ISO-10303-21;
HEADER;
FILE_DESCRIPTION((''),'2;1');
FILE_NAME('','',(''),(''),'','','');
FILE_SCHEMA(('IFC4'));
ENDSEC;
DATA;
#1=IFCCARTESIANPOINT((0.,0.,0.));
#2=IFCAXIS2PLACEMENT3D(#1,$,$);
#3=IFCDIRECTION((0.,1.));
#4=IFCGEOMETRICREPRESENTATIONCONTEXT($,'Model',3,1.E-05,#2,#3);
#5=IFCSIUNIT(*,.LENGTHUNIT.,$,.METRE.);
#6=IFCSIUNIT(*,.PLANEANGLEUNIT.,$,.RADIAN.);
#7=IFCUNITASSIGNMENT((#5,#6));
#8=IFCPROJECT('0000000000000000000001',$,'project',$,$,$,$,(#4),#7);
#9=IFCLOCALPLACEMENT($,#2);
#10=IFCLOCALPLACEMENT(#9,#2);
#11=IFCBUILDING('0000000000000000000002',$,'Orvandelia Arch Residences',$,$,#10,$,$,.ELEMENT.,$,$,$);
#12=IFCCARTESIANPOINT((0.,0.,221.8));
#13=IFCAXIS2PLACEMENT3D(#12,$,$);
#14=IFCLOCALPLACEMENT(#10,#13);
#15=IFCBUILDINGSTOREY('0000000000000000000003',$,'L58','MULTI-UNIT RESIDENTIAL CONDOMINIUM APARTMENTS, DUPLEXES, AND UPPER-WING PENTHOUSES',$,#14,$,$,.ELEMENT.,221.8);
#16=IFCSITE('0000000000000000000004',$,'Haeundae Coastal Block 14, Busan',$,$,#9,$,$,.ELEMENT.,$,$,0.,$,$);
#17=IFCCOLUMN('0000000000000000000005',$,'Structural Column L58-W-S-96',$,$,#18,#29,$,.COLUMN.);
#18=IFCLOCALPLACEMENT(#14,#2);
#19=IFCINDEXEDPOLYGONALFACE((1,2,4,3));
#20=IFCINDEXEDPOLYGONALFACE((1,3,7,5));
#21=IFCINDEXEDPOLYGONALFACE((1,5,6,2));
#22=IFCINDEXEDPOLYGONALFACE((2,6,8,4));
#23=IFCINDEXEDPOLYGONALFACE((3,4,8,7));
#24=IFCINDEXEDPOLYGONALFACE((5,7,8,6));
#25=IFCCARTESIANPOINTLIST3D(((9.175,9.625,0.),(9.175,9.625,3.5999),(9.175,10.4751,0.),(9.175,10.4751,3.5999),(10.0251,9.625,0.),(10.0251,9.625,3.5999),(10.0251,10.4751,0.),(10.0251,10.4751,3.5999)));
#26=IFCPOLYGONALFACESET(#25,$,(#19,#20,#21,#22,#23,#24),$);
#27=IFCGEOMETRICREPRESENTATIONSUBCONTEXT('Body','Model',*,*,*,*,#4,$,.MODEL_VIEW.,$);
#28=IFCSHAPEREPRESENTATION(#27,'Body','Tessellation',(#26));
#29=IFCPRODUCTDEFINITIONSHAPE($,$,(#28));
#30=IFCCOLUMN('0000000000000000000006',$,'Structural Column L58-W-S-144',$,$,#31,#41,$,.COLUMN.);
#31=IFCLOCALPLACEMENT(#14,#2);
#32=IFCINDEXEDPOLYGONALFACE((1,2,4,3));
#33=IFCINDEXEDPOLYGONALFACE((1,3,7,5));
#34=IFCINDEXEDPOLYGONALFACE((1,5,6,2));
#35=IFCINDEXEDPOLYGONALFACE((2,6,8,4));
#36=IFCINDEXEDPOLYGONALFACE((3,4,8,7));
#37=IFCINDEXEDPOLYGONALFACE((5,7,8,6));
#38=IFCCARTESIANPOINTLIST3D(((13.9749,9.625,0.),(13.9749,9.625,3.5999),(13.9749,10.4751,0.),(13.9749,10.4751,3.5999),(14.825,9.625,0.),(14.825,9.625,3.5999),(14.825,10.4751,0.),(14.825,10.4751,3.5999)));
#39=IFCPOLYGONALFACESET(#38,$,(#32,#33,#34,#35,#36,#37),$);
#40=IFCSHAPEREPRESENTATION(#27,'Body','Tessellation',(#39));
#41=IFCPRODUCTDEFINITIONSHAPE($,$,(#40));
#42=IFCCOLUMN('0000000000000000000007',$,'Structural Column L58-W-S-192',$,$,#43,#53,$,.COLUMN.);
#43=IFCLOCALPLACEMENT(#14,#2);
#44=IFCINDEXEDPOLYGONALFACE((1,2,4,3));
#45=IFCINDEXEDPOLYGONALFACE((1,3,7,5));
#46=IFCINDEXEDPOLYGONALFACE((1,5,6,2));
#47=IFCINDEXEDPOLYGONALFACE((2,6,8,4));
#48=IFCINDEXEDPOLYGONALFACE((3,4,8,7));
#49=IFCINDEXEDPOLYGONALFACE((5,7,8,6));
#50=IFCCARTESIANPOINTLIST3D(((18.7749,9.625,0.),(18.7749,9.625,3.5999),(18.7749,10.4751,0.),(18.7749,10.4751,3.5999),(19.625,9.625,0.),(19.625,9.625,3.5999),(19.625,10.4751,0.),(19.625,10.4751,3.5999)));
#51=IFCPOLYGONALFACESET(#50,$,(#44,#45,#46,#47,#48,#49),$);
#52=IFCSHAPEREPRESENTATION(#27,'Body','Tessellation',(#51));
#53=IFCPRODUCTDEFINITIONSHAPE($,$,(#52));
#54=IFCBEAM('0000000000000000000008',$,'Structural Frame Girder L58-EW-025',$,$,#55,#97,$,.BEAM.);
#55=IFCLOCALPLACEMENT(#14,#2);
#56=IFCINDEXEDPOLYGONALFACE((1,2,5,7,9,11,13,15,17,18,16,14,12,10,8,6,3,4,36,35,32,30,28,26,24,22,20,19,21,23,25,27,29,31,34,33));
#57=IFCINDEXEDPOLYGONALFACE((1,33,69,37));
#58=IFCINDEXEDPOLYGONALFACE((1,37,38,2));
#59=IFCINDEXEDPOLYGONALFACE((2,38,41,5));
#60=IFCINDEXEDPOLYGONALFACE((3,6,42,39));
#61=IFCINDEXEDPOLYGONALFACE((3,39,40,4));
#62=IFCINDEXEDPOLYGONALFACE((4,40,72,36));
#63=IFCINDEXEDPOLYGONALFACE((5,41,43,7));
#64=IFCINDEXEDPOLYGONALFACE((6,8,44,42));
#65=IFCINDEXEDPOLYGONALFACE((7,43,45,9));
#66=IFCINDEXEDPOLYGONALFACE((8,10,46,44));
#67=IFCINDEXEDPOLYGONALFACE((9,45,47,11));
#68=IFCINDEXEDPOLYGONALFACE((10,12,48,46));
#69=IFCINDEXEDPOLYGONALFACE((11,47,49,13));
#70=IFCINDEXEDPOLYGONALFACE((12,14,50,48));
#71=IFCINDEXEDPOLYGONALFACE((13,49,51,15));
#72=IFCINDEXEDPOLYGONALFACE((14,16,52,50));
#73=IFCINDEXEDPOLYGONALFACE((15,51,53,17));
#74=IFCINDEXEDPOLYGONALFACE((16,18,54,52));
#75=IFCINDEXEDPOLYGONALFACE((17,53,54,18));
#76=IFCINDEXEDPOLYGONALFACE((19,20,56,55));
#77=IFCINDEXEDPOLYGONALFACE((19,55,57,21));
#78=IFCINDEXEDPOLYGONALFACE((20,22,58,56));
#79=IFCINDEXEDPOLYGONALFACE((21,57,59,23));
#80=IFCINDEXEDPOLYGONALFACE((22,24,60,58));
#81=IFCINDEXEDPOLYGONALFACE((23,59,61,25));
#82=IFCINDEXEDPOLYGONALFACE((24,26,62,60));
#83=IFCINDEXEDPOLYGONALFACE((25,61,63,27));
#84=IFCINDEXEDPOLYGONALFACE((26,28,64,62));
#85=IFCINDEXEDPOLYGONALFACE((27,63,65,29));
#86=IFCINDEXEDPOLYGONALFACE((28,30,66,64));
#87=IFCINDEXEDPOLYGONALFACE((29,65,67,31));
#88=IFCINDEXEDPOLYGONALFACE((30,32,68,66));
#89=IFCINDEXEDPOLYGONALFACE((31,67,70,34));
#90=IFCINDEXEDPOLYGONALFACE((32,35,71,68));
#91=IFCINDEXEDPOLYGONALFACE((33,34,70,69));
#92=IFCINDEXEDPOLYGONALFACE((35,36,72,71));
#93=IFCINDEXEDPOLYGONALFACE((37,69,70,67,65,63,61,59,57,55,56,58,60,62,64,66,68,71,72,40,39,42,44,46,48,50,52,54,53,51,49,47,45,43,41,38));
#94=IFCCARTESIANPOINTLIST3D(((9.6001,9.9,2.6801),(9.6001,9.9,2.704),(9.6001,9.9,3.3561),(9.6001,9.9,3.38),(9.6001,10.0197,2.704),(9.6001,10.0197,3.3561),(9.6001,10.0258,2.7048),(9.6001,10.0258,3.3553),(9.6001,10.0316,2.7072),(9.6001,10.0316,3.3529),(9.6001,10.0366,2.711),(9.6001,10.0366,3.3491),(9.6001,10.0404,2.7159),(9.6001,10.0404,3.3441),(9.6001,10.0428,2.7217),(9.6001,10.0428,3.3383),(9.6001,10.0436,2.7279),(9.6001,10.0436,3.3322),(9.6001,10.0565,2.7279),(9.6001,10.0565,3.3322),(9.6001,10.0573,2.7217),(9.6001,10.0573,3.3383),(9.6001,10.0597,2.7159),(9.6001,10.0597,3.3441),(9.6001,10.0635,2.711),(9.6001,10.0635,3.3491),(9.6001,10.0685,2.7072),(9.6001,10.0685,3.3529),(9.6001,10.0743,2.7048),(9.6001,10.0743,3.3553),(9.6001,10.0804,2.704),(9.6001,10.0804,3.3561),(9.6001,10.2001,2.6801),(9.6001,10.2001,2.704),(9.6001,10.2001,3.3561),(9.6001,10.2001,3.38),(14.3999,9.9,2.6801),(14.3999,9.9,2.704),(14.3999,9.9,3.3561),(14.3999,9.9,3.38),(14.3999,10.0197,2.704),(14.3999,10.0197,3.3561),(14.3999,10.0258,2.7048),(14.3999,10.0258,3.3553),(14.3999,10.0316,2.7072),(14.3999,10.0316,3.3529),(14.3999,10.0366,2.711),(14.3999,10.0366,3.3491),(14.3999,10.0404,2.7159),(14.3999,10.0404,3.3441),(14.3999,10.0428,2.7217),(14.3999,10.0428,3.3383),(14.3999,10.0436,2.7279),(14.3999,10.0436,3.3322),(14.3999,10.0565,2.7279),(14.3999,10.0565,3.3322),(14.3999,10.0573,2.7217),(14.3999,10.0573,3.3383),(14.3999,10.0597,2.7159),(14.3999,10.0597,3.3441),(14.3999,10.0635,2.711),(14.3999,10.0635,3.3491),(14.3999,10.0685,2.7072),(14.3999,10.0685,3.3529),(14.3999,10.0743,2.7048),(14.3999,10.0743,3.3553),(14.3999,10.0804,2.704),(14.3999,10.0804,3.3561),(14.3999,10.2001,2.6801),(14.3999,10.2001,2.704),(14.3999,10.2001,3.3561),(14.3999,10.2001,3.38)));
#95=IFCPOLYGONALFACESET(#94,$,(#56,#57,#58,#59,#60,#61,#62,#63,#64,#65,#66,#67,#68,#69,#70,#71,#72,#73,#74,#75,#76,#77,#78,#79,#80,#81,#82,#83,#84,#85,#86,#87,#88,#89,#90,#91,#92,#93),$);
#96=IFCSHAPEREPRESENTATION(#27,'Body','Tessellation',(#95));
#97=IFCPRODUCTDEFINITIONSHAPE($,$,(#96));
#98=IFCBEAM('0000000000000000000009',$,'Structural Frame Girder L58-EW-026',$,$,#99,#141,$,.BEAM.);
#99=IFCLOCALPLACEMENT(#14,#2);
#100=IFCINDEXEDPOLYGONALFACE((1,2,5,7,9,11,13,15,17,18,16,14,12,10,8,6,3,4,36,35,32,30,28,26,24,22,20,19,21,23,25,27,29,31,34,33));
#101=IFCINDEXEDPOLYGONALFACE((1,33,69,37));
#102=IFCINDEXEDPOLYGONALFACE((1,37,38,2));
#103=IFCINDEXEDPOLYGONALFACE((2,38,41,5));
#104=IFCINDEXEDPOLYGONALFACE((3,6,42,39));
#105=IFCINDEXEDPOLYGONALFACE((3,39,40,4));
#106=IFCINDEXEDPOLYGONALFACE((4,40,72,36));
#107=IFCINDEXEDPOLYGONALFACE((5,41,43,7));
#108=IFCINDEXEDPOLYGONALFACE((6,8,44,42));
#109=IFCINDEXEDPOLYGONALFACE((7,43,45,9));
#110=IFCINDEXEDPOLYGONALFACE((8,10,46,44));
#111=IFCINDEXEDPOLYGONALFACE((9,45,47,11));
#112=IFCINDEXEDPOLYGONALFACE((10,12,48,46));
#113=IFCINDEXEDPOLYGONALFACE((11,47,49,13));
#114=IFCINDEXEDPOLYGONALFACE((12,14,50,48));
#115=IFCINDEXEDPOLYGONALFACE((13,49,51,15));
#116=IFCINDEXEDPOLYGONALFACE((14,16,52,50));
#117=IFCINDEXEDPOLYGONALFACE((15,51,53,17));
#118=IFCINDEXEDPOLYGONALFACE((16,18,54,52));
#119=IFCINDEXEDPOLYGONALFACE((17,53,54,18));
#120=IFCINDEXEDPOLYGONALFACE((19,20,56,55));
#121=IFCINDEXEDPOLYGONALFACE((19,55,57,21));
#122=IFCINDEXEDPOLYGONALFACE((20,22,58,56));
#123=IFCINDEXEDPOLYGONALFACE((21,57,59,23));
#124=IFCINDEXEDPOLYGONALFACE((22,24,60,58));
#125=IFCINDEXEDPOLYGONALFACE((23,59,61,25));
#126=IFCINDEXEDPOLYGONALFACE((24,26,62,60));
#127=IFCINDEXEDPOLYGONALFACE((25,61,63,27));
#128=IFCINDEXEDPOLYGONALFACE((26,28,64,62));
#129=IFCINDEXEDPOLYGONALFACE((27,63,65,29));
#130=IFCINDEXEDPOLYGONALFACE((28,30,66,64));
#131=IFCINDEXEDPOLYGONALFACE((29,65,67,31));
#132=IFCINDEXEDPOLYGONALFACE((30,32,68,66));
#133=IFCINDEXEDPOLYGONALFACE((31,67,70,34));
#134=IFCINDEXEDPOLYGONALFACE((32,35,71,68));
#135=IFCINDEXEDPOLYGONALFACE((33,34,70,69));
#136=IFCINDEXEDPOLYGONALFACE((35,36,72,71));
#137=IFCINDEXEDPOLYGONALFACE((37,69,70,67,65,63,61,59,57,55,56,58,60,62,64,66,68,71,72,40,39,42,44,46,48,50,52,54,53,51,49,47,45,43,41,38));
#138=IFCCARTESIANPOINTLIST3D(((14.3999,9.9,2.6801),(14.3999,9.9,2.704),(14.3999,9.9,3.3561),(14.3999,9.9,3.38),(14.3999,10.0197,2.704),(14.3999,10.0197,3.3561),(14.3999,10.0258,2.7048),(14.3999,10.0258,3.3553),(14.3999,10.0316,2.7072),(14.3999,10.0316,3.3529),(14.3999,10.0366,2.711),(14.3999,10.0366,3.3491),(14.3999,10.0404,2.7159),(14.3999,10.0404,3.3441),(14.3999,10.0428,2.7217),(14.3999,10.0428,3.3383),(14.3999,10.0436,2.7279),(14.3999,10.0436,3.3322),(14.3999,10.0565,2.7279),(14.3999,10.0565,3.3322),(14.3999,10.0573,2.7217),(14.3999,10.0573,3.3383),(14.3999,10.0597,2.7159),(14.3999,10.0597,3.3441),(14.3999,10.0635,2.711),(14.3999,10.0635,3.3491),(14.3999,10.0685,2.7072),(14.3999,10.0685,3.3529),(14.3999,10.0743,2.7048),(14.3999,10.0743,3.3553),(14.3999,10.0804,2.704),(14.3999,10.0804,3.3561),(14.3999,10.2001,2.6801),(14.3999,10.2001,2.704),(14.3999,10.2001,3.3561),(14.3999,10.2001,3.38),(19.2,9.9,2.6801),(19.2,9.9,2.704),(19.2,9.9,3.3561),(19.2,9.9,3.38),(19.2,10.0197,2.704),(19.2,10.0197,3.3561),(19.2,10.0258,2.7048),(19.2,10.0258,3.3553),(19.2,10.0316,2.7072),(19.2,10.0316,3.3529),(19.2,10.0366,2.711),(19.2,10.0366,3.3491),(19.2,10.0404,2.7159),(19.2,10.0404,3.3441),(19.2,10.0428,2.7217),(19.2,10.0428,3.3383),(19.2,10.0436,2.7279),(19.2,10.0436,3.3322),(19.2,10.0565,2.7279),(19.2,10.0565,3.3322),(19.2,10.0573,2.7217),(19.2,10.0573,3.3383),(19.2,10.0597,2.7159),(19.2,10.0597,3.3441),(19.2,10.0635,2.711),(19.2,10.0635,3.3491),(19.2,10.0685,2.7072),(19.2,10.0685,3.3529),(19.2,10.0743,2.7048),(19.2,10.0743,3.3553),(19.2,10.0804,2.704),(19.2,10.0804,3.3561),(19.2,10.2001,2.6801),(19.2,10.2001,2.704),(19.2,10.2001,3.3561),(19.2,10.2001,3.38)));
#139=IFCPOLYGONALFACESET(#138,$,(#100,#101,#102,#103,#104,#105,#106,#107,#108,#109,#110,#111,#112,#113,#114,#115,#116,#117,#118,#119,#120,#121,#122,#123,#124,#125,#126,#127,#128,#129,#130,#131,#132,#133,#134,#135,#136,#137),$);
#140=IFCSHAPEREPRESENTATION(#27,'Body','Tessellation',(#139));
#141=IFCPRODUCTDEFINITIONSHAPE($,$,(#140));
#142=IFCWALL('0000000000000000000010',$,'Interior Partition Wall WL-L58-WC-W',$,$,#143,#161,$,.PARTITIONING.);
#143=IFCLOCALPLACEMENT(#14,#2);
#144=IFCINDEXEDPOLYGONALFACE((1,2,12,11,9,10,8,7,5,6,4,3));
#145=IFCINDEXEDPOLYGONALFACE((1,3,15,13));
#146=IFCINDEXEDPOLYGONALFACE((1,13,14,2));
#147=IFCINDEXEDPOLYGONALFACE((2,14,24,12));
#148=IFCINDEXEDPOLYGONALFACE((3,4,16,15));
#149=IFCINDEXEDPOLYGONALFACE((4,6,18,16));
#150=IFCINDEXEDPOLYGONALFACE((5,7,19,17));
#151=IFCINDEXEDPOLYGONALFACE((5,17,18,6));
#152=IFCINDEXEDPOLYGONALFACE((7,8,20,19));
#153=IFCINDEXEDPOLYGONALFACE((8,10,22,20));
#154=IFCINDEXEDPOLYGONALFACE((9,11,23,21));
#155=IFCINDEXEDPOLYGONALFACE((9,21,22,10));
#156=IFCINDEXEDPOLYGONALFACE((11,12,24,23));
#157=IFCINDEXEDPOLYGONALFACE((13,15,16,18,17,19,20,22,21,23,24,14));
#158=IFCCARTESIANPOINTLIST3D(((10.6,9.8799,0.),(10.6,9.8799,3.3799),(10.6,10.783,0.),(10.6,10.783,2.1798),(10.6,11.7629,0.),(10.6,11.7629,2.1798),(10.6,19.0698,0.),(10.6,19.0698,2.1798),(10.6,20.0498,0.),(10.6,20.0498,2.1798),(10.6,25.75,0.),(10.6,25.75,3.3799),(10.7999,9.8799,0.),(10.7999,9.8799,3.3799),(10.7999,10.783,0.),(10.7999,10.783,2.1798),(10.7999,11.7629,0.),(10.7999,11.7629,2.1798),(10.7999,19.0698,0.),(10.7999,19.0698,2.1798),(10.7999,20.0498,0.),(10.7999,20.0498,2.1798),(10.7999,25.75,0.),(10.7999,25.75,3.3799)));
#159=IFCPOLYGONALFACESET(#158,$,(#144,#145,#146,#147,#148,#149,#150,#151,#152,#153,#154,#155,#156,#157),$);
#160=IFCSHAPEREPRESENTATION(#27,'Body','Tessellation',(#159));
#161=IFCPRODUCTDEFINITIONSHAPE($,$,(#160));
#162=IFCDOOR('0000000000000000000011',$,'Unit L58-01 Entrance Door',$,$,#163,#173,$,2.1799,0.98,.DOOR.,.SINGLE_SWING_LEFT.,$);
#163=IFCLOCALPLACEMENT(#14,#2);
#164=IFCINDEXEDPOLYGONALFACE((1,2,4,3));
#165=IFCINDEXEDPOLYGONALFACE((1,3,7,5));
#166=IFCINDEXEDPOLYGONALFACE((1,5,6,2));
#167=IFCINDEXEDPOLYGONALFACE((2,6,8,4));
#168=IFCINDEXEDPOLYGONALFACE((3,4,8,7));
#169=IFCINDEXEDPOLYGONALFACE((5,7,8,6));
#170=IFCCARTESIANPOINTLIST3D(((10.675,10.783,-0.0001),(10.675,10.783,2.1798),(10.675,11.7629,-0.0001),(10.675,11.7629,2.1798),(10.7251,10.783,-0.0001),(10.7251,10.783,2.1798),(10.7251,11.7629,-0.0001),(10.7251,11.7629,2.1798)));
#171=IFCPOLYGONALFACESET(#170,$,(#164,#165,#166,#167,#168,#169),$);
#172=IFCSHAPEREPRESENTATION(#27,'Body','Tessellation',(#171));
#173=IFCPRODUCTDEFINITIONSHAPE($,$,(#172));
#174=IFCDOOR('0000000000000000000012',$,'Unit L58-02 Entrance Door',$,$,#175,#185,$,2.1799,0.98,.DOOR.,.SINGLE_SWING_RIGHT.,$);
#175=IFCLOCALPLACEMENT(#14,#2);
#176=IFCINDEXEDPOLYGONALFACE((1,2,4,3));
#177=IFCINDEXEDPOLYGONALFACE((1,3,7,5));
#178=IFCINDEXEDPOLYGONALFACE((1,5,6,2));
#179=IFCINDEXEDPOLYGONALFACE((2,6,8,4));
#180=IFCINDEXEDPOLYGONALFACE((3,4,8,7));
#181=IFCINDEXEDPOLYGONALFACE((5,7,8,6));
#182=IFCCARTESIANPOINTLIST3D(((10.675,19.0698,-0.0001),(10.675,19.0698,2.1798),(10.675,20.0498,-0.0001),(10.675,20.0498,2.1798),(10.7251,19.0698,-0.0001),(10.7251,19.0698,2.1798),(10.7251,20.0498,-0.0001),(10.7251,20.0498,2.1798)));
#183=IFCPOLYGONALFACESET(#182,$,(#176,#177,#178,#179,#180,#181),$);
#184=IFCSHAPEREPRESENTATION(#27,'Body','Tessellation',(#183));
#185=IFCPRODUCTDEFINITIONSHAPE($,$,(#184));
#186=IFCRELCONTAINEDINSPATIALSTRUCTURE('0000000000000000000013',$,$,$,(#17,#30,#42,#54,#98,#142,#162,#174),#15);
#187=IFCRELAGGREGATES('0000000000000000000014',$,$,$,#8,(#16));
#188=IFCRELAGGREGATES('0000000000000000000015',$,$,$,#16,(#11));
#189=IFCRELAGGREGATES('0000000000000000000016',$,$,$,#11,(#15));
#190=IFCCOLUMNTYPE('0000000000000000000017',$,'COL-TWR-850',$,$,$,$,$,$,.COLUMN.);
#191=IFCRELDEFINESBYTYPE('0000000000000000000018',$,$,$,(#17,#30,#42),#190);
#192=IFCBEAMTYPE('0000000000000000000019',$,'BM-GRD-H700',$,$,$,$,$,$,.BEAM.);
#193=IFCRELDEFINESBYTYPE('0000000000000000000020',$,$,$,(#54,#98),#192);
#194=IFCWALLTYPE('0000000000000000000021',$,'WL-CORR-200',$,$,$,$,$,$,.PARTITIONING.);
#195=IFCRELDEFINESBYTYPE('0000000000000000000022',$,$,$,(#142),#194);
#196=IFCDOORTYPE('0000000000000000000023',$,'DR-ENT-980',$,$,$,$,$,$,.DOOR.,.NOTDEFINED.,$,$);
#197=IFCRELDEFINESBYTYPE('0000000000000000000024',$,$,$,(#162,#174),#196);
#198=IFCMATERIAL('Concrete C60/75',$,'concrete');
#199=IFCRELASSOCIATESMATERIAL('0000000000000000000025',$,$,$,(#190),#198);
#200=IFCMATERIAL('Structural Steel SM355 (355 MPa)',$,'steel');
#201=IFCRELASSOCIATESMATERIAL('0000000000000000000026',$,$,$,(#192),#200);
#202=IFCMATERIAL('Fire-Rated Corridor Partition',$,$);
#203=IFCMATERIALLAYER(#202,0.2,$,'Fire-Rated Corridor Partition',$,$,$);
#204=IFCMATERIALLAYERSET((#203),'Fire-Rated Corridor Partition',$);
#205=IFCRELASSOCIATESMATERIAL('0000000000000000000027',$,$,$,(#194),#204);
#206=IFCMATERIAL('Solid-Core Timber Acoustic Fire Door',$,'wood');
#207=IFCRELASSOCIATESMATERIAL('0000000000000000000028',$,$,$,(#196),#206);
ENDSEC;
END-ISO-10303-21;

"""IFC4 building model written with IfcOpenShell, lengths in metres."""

from ifc_helpers import new_model, si_unit, direction, frame, frame_2d, origin, origin_2d, place, context, subcontext, project, spatial, rectangle, i_section, extrude, material, layer, layer_set, material_profile, profile_set, type_object, element, fill, save


model = new_model("IFC4")

# Units and contexts
model_context = context("Model", 3, precision=1e-05, world=origin(), true_north=direction((0.0, 1.0)))
body_context = subcontext(model_context, "Body", "Model", "MODEL_VIEW")
ifc_project = project(units=[si_unit("LENGTHUNIT", "METRE"), si_unit("PLANEANGLEUNIT", "RADIAN")], contexts=[model_context])

# Site, building, storey
site_placement = place(None, origin())
site = spatial("IfcSite", under=ifc_project, at=site_placement, Name="Haeundae Coastal Block 14, Busan", CompositionType="ELEMENT", RefElevation=0.0)
building_placement = place(site_placement, origin())
building = spatial("IfcBuilding", under=site, at=building_placement, Name="Orvandelia Arch Residences", CompositionType="ELEMENT")
storey_placement = place(building_placement, frame((0.0, 0.0, 221.8)))
storey = spatial("IfcBuildingStorey", under=building, at=storey_placement, Name="L58", Description="MULTI-UNIT RESIDENTIAL CONDOMINIUM APARTMENTS, DUPLEXES, AND UPPER-WING PENTHOUSES", CompositionType="ELEMENT", Elevation=221.8)

# Columns
ifc_material_1 = material(Name="Concrete C60/75", Category="concrete")
ifc_material_profile_1 = material_profile(ifc_material_1, rectangle(XDim=0.8501, YDim=0.8501, at=origin_2d()), Name="Concrete C60/75", Category="concrete")
ifc_profile_set_1 = profile_set([ifc_material_profile_1], Name="Concrete C60/75")
column_type = type_object("IfcColumnType", Name="COL-TWR-850", PredefinedType="COLUMN", material=ifc_profile_set_1)
for number, where, z_axis, x_axis, name in (
    (1, (9.6001, 10.05, 0.0), (0.0, 0.0, 1.0), (1.0, 0.0, 0.0), "Structural Column L58-W-S-96"),
    (2, (14.3999, 10.05, 0.0), (0.0, 0.0, 1.0), (1.0, 0.0, 0.0), "Structural Column L58-W-S-144"),
    (3, (19.2, 10.05, 0.0), (0.0, 0.0, 1.0), (1.0, 0.0, 0.0), "Structural Column L58-W-S-192"),
):
    element("IfcColumn", number, at=place(storey_placement, frame(where, z_axis=z_axis, x_axis=x_axis)), inside=storey, type_object=column_type, Name=name, PredefinedType="COLUMN", context=body_context, shape_type="SweptSolid", body=[
        extrude(rectangle(XDim=0.8501, YDim=0.8501, at=origin_2d()), origin(), (0.0, 0.0, 1.0), 3.5999),
    ])

# Beams
ifc_material_2 = material(Name="Structural Steel SM355 (355 MPa)", Category="steel")
ifc_material_profile_2 = material_profile(ifc_material_2, i_section(OverallWidth=0.3, OverallDepth=0.7, WebThickness=0.0129, FlangeThickness=0.0239, FilletRadius=0.0239, at=origin_2d()), Name="Structural Steel SM355 (355 MPa)", Category="steel")
ifc_profile_set_2 = profile_set([ifc_material_profile_2], Name="Structural Steel SM355 (355 MPa)")
beam_type = type_object("IfcBeamType", Name="BM-GRD-H700", PredefinedType="BEAM", material=ifc_profile_set_2)
beam_1_placement = place(storey_placement, frame((9.6001, 10.05, 3.03), z_axis=(1.0, 0.0, 0.0), x_axis=(0.0, 1.0, 0.0)))
element("IfcBeam", 4, at=beam_1_placement, inside=storey, type_object=beam_type, Name="Structural Frame Girder L58-EW-025", PredefinedType="BEAM", context=body_context, shape_type="SweptSolid", body=[
    extrude(i_section(OverallWidth=0.3, OverallDepth=0.7, WebThickness=0.0129, FlangeThickness=0.0239, FilletRadius=0.0239, at=origin_2d()), origin(), (0.0, 0.0, 1.0), 4.7998),
])
beam_2_placement = place(storey_placement, frame((14.3999, 10.05, 3.03), z_axis=(1.0, 0.0, 0.0), x_axis=(0.0, 1.0, 0.0)))
element("IfcBeam", 5, at=beam_2_placement, inside=storey, type_object=beam_type, Name="Structural Frame Girder L58-EW-026", PredefinedType="BEAM", context=body_context, shape_type="SweptSolid", body=[
    extrude(i_section(OverallWidth=0.3, OverallDepth=0.7, WebThickness=0.0129, FlangeThickness=0.0239, FilletRadius=0.0239, at=origin_2d()), origin(), (0.0, 0.0, 1.0), 4.8),
])

# Wall, openings, doors
ifc_material_3 = material(Name="Fire-Rated Corridor Partition")
ifc_layer_1 = layer(ifc_material_3, 0.2, Name="Fire-Rated Corridor Partition")
ifc_layer_set_1 = layer_set([ifc_layer_1], Name="Fire-Rated Corridor Partition")
wall_type_1 = type_object("IfcWallType", Name="WL-CORR-200", PredefinedType="PARTITIONING", material=ifc_layer_set_1)
wall_1_placement = place(storey_placement, frame((10.7, 9.8799, 0.0), z_axis=(0.0, 0.0, 1.0), x_axis=(0.0, 1.0, 0.0)))
wall_1 = element("IfcWall", 6, at=wall_1_placement, inside=storey, type_object=wall_type_1, Name="Interior Partition Wall WL-L58-WC-W", PredefinedType="PARTITIONING", context=body_context, shape_type="SweptSolid", body=[
    extrude(rectangle(XDim=15.8701, YDim=0.2, at=frame_2d((7.9351, 0.0))), origin(), (0.0, 0.0, 1.0), 3.3799),
])
opening_1_placement = place(wall_1_placement, frame((0.9031, 0.0, 0.0)))
opening_1 = element("IfcOpeningElement", 7, at=opening_1_placement, cuts=wall_1, PredefinedType="OPENING", context=body_context, shape_type="SweptSolid", body=[
    extrude(rectangle(XDim=0.98, YDim=2.1799, at=frame_2d((0.49, 1.0898))), frame((0.0, 0.1099, 0.0), z_axis=(0.0, -1.0, 0.0), x_axis=(1.0, 0.0, 0.0)), (0.0, 0.0, 1.0), 0.22),
])
opening_2_placement = place(wall_1_placement, frame((9.1899, 0.0, 0.0)))
opening_2 = element("IfcOpeningElement", 8, at=opening_2_placement, cuts=wall_1, PredefinedType="OPENING", context=body_context, shape_type="SweptSolid", body=[
    extrude(rectangle(XDim=0.98, YDim=2.1799, at=frame_2d((0.49, 1.0898))), frame((0.0, 0.1099, 0.0), z_axis=(0.0, -1.0, 0.0), x_axis=(1.0, 0.0, 0.0)), (0.0, 0.0, 1.0), 0.22),
])
ifc_material_4 = material(Name="Solid-Core Timber Acoustic Fire Door", Category="wood")
door_type_1 = type_object("IfcDoorType", Name="DR-ENT-980", OperationType="NOTDEFINED", PredefinedType="DOOR", material=ifc_material_4)
door_1_placement = place(opening_1_placement, origin())
door_1 = element("IfcDoor", 9, at=door_1_placement, inside=storey, type_object=door_type_1, Name="Unit L58-01 Entrance Door", OperationType="SINGLE_SWING_LEFT", OverallHeight=2.1799, OverallWidth=0.98, PredefinedType="DOOR", context=body_context, shape_type="SweptSolid", body=[
    extrude(rectangle(XDim=0.98, YDim=2.1799, at=frame_2d((0.49, 1.0898))), frame((0.0, 0.0249, 0.0), z_axis=(0.0, -1.0, 0.0), x_axis=(1.0, 0.0, 0.0)), (0.0, 0.0, 1.0), 0.05),
])
fill(opening_1, door_1)
door_2_placement = place(opening_2_placement, origin())
door_2 = element("IfcDoor", 10, at=door_2_placement, inside=storey, type_object=door_type_1, Name="Unit L58-02 Entrance Door", OperationType="SINGLE_SWING_RIGHT", OverallHeight=2.1799, OverallWidth=0.98, PredefinedType="DOOR", context=body_context, shape_type="SweptSolid", body=[
    extrude(rectangle(XDim=0.98, YDim=2.1799, at=frame_2d((0.49, 1.0898))), frame((0.0, 0.0249, 0.0), z_axis=(0.0, -1.0, 0.0), x_axis=(1.0, 0.0, 0.0)), (0.0, 0.0, 1.0), 0.05),
])
fill(opening_2, door_2)

save(model, "model.ifc")
